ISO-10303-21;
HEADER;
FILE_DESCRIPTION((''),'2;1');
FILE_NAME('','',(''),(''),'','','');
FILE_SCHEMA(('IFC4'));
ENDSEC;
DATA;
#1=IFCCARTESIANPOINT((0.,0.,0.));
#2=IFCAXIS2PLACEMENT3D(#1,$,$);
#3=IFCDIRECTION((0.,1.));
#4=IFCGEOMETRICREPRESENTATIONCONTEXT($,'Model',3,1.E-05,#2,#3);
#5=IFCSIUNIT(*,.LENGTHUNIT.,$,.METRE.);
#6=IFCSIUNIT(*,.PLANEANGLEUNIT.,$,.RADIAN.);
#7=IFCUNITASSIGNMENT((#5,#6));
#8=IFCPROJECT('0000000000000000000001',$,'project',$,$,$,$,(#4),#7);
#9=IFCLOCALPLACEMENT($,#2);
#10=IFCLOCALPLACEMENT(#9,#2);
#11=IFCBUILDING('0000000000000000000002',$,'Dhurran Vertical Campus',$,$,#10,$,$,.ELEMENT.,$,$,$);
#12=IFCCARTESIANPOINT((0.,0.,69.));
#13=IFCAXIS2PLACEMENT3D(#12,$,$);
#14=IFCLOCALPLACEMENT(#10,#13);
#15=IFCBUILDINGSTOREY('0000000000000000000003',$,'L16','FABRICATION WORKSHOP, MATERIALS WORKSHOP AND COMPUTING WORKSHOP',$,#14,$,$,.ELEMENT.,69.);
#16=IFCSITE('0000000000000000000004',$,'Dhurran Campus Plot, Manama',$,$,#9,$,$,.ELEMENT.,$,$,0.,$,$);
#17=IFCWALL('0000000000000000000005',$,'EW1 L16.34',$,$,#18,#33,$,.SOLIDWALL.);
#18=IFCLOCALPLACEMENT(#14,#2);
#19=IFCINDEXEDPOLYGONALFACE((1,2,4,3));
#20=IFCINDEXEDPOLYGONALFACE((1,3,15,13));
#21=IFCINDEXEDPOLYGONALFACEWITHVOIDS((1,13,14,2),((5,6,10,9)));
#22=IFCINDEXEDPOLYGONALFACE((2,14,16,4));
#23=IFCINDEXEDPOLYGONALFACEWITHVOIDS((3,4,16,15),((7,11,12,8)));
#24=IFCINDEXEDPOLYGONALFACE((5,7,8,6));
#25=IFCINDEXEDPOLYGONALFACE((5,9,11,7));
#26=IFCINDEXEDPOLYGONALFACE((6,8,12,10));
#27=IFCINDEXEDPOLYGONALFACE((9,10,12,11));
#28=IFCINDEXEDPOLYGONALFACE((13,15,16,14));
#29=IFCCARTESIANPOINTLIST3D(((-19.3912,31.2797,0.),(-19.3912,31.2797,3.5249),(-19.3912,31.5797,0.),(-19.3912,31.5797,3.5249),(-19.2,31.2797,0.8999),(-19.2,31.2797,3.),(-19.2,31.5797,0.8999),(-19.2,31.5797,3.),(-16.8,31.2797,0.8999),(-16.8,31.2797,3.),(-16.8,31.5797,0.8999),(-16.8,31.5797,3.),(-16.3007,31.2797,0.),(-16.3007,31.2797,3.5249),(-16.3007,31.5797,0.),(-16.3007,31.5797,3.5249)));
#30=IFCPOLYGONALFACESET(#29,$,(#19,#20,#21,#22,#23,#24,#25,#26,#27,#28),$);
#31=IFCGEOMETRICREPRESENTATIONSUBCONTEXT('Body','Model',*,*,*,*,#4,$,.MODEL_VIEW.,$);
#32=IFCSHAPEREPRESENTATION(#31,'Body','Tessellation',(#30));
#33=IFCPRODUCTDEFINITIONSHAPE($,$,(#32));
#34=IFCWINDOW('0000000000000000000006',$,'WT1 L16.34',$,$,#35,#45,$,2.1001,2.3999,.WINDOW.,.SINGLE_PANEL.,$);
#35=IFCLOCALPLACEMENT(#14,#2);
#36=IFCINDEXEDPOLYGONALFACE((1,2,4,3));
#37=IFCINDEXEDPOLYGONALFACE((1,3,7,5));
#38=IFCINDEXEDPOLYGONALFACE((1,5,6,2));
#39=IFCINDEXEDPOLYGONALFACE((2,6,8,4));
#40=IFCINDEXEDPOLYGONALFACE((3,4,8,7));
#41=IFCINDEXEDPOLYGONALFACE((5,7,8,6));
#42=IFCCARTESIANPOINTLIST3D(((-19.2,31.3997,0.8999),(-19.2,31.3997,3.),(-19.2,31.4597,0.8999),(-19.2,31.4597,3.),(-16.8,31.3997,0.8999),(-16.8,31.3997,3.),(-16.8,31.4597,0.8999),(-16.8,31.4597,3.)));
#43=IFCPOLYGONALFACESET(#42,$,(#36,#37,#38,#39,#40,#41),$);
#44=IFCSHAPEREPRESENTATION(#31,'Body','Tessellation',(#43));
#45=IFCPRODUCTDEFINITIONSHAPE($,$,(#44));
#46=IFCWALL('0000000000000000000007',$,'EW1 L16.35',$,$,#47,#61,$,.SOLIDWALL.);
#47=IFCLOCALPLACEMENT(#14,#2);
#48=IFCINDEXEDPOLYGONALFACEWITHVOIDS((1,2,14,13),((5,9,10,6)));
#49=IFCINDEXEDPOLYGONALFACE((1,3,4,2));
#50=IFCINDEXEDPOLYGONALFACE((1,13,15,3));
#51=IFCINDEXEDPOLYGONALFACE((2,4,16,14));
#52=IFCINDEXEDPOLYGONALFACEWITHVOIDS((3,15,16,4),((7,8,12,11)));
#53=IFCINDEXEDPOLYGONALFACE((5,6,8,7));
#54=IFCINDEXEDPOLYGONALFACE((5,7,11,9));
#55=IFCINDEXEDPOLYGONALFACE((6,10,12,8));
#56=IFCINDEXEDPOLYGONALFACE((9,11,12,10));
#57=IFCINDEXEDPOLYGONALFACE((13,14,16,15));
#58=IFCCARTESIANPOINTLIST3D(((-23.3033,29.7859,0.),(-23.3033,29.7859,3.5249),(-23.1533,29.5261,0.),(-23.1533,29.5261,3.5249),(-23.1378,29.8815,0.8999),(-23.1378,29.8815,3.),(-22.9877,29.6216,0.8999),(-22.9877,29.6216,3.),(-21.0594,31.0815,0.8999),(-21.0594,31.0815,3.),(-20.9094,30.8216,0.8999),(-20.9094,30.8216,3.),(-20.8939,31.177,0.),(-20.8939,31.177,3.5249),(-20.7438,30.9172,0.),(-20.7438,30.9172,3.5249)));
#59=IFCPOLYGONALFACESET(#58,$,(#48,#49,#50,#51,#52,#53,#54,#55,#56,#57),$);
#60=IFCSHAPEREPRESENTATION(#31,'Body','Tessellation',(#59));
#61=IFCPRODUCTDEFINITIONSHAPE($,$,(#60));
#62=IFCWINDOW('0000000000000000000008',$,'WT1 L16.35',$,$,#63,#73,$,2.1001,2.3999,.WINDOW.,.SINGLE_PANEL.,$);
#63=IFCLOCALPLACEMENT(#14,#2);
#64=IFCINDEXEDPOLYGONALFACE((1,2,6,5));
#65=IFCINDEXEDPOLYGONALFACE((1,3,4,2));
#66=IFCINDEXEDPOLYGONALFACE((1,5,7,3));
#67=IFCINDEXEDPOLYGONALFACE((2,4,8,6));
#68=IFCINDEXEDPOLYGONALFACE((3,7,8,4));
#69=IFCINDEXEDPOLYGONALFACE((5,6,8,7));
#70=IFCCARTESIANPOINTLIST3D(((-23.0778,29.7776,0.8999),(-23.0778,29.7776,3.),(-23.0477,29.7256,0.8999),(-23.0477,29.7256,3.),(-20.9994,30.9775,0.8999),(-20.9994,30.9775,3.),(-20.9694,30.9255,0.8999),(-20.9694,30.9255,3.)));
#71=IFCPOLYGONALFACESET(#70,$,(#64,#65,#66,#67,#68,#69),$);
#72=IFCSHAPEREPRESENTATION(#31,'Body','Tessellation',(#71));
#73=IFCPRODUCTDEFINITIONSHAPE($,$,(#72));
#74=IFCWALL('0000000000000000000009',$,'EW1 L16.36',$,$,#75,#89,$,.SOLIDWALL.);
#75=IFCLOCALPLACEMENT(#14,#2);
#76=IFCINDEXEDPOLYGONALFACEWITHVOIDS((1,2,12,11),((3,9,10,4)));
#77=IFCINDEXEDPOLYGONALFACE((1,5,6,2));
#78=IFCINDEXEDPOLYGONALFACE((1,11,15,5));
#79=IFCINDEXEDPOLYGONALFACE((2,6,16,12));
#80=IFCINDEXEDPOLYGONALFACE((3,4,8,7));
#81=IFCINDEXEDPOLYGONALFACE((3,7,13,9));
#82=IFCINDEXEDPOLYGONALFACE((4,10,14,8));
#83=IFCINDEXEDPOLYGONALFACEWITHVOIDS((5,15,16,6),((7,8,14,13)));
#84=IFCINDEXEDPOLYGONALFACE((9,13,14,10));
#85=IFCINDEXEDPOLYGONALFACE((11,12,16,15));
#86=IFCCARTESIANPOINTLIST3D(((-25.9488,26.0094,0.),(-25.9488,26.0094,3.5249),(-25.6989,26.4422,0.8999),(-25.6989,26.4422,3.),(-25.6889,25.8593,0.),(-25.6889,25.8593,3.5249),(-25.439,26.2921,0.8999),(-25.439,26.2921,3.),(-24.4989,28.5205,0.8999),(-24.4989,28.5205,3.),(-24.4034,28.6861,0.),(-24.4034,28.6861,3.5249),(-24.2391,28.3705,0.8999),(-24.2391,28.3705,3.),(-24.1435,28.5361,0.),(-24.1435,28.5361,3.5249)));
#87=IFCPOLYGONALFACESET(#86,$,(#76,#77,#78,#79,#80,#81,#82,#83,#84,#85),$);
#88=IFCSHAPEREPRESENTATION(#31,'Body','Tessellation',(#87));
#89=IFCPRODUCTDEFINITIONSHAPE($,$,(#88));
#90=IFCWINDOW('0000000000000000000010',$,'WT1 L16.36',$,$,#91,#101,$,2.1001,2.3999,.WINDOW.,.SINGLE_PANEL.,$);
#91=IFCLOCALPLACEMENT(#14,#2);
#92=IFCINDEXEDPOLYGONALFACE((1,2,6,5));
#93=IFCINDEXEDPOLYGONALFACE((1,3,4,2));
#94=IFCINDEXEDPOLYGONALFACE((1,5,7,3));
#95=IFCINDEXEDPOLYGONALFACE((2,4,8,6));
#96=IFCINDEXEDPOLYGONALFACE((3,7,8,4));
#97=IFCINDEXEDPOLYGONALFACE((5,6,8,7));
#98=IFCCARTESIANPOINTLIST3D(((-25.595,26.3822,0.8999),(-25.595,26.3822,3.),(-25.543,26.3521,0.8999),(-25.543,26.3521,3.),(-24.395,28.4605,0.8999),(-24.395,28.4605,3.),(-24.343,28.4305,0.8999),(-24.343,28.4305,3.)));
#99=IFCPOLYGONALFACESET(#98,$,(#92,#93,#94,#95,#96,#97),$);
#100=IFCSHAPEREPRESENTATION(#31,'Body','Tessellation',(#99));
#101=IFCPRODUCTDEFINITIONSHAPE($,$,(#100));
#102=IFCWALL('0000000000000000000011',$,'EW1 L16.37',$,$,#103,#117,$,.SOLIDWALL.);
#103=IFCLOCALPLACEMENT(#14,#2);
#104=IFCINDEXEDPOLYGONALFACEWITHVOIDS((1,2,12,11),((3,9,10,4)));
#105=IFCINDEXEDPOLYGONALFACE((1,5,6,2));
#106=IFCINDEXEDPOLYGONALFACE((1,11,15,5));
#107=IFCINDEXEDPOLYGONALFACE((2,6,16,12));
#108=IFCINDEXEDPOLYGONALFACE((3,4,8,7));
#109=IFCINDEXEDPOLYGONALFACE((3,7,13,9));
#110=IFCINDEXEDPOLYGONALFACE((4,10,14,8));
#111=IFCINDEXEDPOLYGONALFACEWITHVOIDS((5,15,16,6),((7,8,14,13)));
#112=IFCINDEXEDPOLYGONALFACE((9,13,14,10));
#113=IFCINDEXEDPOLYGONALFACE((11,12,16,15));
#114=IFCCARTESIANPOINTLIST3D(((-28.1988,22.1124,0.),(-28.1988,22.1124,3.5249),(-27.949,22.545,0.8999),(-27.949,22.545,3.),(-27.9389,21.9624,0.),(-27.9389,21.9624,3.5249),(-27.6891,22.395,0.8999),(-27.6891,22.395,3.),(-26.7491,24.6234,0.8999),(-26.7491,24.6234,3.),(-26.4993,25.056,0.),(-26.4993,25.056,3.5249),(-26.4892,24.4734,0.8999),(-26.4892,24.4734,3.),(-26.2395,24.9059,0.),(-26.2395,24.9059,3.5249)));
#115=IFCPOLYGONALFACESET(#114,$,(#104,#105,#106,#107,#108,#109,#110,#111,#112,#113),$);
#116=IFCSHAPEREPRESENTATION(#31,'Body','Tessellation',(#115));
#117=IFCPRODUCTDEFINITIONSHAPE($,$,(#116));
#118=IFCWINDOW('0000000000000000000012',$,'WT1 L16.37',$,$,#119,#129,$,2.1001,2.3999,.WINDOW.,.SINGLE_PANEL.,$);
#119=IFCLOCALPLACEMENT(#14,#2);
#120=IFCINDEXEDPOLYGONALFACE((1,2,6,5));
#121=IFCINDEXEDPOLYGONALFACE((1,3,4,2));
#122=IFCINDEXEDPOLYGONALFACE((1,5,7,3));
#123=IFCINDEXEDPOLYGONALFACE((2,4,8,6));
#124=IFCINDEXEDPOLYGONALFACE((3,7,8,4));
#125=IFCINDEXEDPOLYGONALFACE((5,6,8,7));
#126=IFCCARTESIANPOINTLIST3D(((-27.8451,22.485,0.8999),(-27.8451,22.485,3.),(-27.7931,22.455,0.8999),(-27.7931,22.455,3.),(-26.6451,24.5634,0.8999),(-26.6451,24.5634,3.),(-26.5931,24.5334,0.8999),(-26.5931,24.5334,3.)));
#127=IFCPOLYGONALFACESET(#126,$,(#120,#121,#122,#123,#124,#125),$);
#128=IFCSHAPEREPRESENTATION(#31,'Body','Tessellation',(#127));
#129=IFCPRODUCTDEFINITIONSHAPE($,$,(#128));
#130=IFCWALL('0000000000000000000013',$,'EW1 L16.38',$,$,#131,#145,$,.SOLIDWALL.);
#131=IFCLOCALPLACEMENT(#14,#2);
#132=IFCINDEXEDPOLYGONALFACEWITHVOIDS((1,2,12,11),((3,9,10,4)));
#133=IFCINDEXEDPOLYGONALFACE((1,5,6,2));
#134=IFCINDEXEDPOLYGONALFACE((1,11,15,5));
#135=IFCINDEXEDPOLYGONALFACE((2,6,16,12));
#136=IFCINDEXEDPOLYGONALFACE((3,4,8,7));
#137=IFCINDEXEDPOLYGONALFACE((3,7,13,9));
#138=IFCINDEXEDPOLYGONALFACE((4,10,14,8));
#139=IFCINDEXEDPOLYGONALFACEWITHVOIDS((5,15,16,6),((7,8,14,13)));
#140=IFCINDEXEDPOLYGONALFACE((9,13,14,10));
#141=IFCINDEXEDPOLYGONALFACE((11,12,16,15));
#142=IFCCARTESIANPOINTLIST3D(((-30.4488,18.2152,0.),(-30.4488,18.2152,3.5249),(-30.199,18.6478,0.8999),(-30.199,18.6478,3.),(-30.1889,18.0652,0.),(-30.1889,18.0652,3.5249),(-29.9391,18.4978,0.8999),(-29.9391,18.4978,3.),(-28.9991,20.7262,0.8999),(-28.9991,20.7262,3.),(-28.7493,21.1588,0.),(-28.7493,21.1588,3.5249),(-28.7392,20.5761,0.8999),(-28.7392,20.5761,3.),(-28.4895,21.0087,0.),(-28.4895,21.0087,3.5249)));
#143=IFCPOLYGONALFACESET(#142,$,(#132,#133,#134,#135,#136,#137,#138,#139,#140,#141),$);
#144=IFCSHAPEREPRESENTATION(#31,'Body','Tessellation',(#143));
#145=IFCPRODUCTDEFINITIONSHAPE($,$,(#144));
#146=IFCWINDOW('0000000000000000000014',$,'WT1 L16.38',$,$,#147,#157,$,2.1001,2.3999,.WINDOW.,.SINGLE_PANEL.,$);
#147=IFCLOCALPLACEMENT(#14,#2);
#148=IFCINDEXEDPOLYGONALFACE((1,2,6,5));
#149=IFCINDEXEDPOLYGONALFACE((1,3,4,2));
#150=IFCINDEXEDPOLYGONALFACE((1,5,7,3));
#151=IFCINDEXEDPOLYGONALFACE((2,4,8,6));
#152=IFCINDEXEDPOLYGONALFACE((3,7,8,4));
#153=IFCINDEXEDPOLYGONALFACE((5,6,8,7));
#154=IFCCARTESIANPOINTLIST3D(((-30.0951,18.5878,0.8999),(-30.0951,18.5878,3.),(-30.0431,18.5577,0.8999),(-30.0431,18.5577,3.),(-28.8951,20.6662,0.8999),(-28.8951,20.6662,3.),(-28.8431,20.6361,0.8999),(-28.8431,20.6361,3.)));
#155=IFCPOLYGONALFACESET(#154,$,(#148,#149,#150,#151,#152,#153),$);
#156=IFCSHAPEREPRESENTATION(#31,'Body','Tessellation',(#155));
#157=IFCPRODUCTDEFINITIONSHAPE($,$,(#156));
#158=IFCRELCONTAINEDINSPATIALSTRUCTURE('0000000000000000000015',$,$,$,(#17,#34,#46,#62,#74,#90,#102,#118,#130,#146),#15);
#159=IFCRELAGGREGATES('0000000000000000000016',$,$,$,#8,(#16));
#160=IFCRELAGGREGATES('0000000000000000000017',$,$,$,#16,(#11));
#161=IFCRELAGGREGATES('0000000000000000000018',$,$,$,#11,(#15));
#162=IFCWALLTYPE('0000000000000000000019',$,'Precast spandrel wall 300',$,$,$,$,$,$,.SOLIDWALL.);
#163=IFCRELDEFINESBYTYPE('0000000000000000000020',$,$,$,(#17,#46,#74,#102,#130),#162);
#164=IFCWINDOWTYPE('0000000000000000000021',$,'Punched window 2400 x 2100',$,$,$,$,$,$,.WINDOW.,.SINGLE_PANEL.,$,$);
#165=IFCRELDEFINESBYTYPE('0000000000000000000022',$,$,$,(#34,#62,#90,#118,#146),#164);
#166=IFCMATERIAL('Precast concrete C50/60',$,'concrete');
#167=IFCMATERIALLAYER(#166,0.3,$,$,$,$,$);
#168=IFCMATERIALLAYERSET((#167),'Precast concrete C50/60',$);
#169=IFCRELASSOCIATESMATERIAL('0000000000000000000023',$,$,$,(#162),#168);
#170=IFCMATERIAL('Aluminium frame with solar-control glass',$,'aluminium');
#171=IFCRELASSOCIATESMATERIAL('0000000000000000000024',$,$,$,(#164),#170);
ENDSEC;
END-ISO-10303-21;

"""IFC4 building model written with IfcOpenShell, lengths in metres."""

from ifc_helpers import new_model, si_unit, direction, frame, frame_2d, origin, place, context, subcontext, project, spatial, rectangle, extrude, material, layer, layer_set, type_object, element, fill, save


model = new_model("IFC4")

# Units and contexts
model_context = context("Model", 3, precision=1e-05, world=origin(), true_north=direction((0.0, 1.0)))
body_context = subcontext(model_context, "Body", "Model", "MODEL_VIEW")
ifc_project = project(units=[si_unit("LENGTHUNIT", "METRE"), si_unit("PLANEANGLEUNIT", "RADIAN")], contexts=[model_context])

# Site, building, storey
site_placement = place(None, origin())
site = spatial("IfcSite", under=ifc_project, at=site_placement, Name="Dhurran Campus Plot, Manama", CompositionType="ELEMENT", RefElevation=0.0)
building_placement = place(site_placement, origin())
building = spatial("IfcBuilding", under=site, at=building_placement, Name="Dhurran Vertical Campus", CompositionType="ELEMENT")
storey_placement = place(building_placement, frame((0.0, 0.0, 69.0)))
storey = spatial("IfcBuildingStorey", under=building, at=storey_placement, Name="L16", Description="FABRICATION WORKSHOP, MATERIALS WORKSHOP AND COMPUTING WORKSHOP", CompositionType="ELEMENT", Elevation=69.0)

# Walls, openings, windows
ifc_material_1 = material(Name="Precast concrete C50/60", Category="concrete")
ifc_layer_1 = layer(ifc_material_1, 0.3)
ifc_layer_set_1 = layer_set([ifc_layer_1], Name="Precast concrete C50/60")
wall_type_1 = type_object("IfcWallType", Name="Precast spandrel wall 300", PredefinedType="SOLIDWALL", material=ifc_layer_set_1)
wall_1_placement = place(storey_placement, frame((-16.3005, 31.4297, 0.0), z_axis=(0.0, 0.0, 1.0), x_axis=(-1.0, 0.0, 0.0)))
wall_1 = element("IfcWall", 1, at=wall_1_placement, inside=storey, type_object=wall_type_1, Name="EW1 L16.34", PredefinedType="SOLIDWALL", context=body_context, shape_type="SweptSolid", body=[
    extrude(rectangle(XDim=3.0906, YDim=0.3, at=frame_2d((1.5454, 0.0))), origin(), (0.0, 0.0, 1.0), 3.5249),
])
opening_1_placement = place(wall_1_placement, frame((0.4995, 0.0, 0.8999)))
opening_1 = element("IfcOpeningElement", 2, at=opening_1_placement, cuts=wall_1, PredefinedType="OPENING", context=body_context, shape_type="SweptSolid", body=[
    extrude(rectangle(XDim=2.3999, YDim=2.1001, at=frame_2d((1.2, 1.05))), frame((0.0, 0.1599, 0.0), z_axis=(0.0, -1.0, 0.0), x_axis=(1.0, 0.0, 0.0)), (0.0, 0.0, 1.0), 0.3201),
])
ifc_material_2 = material(Name="Aluminium frame with solar-control glass", Category="aluminium")
window_type = type_object("IfcWindowType", Name="Punched window 2400 x 2100", PartitioningType="SINGLE_PANEL", PredefinedType="WINDOW", material=ifc_material_2)
window_1_placement = place(opening_1_placement, origin())
window_1 = element("IfcWindow", 3, at=window_1_placement, inside=storey, type_object=window_type, Name="WT1 L16.34", OverallHeight=2.1001, OverallWidth=2.3999, PartitioningType="SINGLE_PANEL", PredefinedType="WINDOW", context=body_context, shape_type="SweptSolid", body=[
    extrude(rectangle(XDim=2.3999, YDim=2.1001, at=frame_2d((1.2, 1.05))), frame((0.0, 0.03, 0.0), z_axis=(0.0, -1.0, 0.0), x_axis=(1.0, 0.0, 0.0)), (0.0, 0.0, 1.0), 0.0601),
])
fill(opening_1, window_1)
wall_2_placement = place(storey_placement, frame((-20.8188, 31.0471, 0.0), z_axis=(0.0, 0.0, 1.0), x_axis=(-0.86602, -0.500009, 0.0)))
wall_2 = element("IfcWall", 4, at=wall_2_placement, inside=storey, type_object=wall_type_1, Name="EW1 L16.35", PredefinedType="SOLIDWALL", context=body_context, shape_type="SweptSolid", body=[
    extrude(rectangle(XDim=2.7822, YDim=0.3, at=frame_2d((1.3911, 0.0))), origin(), (0.0, 0.0, 1.0), 3.5249),
])
opening_2_placement = place(wall_2_placement, frame((0.1912, 0.0, 0.8999)))
opening_2 = element("IfcOpeningElement", 5, at=opening_2_placement, cuts=wall_2, PredefinedType="OPENING", context=body_context, shape_type="SweptSolid", body=[
    extrude(rectangle(XDim=2.3999, YDim=2.1001, at=frame_2d((1.2, 1.05))), frame((0.0, 0.1599, 0.0), z_axis=(0.0, -1.0, 0.0), x_axis=(1.0, 0.0, 0.0)), (0.0, 0.0, 1.0), 0.3201),
])
window_2_placement = place(opening_2_placement, origin())
window_2 = element("IfcWindow", 6, at=window_2_placement, inside=storey, type_object=window_type, Name="WT1 L16.35", OverallHeight=2.1001, OverallWidth=2.3999, PartitioningType="SINGLE_PANEL", PredefinedType="WINDOW", context=body_context, shape_type="SweptSolid", body=[
    extrude(rectangle(XDim=2.3999, YDim=2.1001, at=frame_2d((1.2, 1.05))), frame((0.0, 0.03, 0.0), z_axis=(0.0, -1.0, 0.0), x_axis=(1.0, 0.0, 0.0)), (0.0, 0.0, 1.0), 0.0601),
])
fill(opening_2, window_2)
wall_3_placement = place(storey_placement, frame((-24.2734, 28.6111, 0.0), z_axis=(0.0, 0.0, 1.0), x_axis=(-0.499996, -0.866028, 0.0)))
wall_3 = element("IfcWall", 7, at=wall_3_placement, inside=storey, type_object=wall_type_1, Name="EW1 L16.36", PredefinedType="SOLIDWALL", context=body_context, shape_type="SweptSolid", body=[
    extrude(rectangle(XDim=3.0908, YDim=0.3, at=frame_2d((1.5454, 0.0))), origin(), (0.0, 0.0, 1.0), 3.5249),
])
opening_3_placement = place(wall_3_placement, frame((0.1912, 0.0, 0.8999)))
opening_3 = element("IfcOpeningElement", 8, at=opening_3_placement, cuts=wall_3, PredefinedType="OPENING", context=body_context, shape_type="SweptSolid", body=[
    extrude(rectangle(XDim=2.3999, YDim=2.1001, at=frame_2d((1.2, 1.05))), frame((0.0, 0.1599, 0.0), z_axis=(0.0, -1.0, 0.0), x_axis=(1.0, 0.0, 0.0)), (0.0, 0.0, 1.0), 0.3201),
])
window_3_placement = place(opening_3_placement, origin())
window_3 = element("IfcWindow", 9, at=window_3_placement, inside=storey, type_object=window_type, Name="WT1 L16.36", OverallHeight=2.1001, OverallWidth=2.3999, PartitioningType="SINGLE_PANEL", PredefinedType="WINDOW", context=body_context, shape_type="SweptSolid", body=[
    extrude(rectangle(XDim=2.3999, YDim=2.1001, at=frame_2d((1.2, 1.05))), frame((0.0, 0.03, 0.0), z_axis=(0.0, -1.0, 0.0), x_axis=(1.0, 0.0, 0.0)), (0.0, 0.0, 1.0), 0.0601),
])
fill(opening_3, window_3)
wall_4_placement = place(storey_placement, frame((-26.3694, 24.981, 0.0), z_axis=(0.0, 0.0, 1.0), x_axis=(-0.499994, -0.866029, 0.0)))
wall_4 = element("IfcWall", 10, at=wall_4_placement, inside=storey, type_object=wall_type_1, Name="EW1 L16.37", PredefinedType="SOLIDWALL", context=body_context, shape_type="SweptSolid", body=[
    extrude(rectangle(XDim=3.3989, YDim=0.3, at=frame_2d((1.6995, 0.0))), origin(), (0.0, 0.0, 1.0), 3.5249),
])
opening_4_placement = place(wall_4_placement, frame((0.4995, 0.0, 0.8999)))
opening_4 = element("IfcOpeningElement", 11, at=opening_4_placement, cuts=wall_4, PredefinedType="OPENING", context=body_context, shape_type="SweptSolid", body=[
    extrude(rectangle(XDim=2.3999, YDim=2.1001, at=frame_2d((1.2, 1.05))), frame((0.0, 0.1599, 0.0), z_axis=(0.0, -1.0, 0.0), x_axis=(1.0, 0.0, 0.0)), (0.0, 0.0, 1.0), 0.3201),
])
window_4_placement = place(opening_4_placement, origin())
window_4 = element("IfcWindow", 12, at=window_4_placement, inside=storey, type_object=window_type, Name="WT1 L16.37", OverallHeight=2.1001, OverallWidth=2.3999, PartitioningType="SINGLE_PANEL", PredefinedType="WINDOW", context=body_context, shape_type="SweptSolid", body=[
    extrude(rectangle(XDim=2.3999, YDim=2.1001, at=frame_2d((1.2, 1.05))), frame((0.0, 0.03, 0.0), z_axis=(0.0, -1.0, 0.0), x_axis=(1.0, 0.0, 0.0)), (0.0, 0.0, 1.0), 0.0601),
])
fill(opening_4, window_4)
wall_5_placement = place(storey_placement, frame((-28.6194, 21.0837, 0.0), z_axis=(0.0, 0.0, 1.0), x_axis=(-0.499994, -0.866029, 0.0)))
wall_5 = element("IfcWall", 13, at=wall_5_placement, inside=storey, type_object=wall_type_1, Name="EW1 L16.38", PredefinedType="SOLIDWALL", context=body_context, shape_type="SweptSolid", body=[
    extrude(rectangle(XDim=3.3989, YDim=0.3, at=frame_2d((1.6995, 0.0))), origin(), (0.0, 0.0, 1.0), 3.5249),
])
opening_5_placement = place(wall_5_placement, frame((0.4995, 0.0, 0.8999)))
opening_5 = element("IfcOpeningElement", 14, at=opening_5_placement, cuts=wall_5, PredefinedType="OPENING", context=body_context, shape_type="SweptSolid", body=[
    extrude(rectangle(XDim=2.3999, YDim=2.1001, at=frame_2d((1.2, 1.05))), frame((0.0, 0.1599, 0.0), z_axis=(0.0, -1.0, 0.0), x_axis=(1.0, 0.0, 0.0)), (0.0, 0.0, 1.0), 0.3201),
])
window_5_placement = place(opening_5_placement, origin())
window_5 = element("IfcWindow", 15, at=window_5_placement, inside=storey, type_object=window_type, Name="WT1 L16.38", OverallHeight=2.1001, OverallWidth=2.3999, PartitioningType="SINGLE_PANEL", PredefinedType="WINDOW", context=body_context, shape_type="SweptSolid", body=[
    extrude(rectangle(XDim=2.3999, YDim=2.1001, at=frame_2d((1.2, 1.05))), frame((0.0, 0.03, 0.0), z_axis=(0.0, -1.0, 0.0), x_axis=(1.0, 0.0, 0.0)), (0.0, 0.0, 1.0), 0.0601),
])
fill(opening_5, window_5)

save(model, "model.ifc")
